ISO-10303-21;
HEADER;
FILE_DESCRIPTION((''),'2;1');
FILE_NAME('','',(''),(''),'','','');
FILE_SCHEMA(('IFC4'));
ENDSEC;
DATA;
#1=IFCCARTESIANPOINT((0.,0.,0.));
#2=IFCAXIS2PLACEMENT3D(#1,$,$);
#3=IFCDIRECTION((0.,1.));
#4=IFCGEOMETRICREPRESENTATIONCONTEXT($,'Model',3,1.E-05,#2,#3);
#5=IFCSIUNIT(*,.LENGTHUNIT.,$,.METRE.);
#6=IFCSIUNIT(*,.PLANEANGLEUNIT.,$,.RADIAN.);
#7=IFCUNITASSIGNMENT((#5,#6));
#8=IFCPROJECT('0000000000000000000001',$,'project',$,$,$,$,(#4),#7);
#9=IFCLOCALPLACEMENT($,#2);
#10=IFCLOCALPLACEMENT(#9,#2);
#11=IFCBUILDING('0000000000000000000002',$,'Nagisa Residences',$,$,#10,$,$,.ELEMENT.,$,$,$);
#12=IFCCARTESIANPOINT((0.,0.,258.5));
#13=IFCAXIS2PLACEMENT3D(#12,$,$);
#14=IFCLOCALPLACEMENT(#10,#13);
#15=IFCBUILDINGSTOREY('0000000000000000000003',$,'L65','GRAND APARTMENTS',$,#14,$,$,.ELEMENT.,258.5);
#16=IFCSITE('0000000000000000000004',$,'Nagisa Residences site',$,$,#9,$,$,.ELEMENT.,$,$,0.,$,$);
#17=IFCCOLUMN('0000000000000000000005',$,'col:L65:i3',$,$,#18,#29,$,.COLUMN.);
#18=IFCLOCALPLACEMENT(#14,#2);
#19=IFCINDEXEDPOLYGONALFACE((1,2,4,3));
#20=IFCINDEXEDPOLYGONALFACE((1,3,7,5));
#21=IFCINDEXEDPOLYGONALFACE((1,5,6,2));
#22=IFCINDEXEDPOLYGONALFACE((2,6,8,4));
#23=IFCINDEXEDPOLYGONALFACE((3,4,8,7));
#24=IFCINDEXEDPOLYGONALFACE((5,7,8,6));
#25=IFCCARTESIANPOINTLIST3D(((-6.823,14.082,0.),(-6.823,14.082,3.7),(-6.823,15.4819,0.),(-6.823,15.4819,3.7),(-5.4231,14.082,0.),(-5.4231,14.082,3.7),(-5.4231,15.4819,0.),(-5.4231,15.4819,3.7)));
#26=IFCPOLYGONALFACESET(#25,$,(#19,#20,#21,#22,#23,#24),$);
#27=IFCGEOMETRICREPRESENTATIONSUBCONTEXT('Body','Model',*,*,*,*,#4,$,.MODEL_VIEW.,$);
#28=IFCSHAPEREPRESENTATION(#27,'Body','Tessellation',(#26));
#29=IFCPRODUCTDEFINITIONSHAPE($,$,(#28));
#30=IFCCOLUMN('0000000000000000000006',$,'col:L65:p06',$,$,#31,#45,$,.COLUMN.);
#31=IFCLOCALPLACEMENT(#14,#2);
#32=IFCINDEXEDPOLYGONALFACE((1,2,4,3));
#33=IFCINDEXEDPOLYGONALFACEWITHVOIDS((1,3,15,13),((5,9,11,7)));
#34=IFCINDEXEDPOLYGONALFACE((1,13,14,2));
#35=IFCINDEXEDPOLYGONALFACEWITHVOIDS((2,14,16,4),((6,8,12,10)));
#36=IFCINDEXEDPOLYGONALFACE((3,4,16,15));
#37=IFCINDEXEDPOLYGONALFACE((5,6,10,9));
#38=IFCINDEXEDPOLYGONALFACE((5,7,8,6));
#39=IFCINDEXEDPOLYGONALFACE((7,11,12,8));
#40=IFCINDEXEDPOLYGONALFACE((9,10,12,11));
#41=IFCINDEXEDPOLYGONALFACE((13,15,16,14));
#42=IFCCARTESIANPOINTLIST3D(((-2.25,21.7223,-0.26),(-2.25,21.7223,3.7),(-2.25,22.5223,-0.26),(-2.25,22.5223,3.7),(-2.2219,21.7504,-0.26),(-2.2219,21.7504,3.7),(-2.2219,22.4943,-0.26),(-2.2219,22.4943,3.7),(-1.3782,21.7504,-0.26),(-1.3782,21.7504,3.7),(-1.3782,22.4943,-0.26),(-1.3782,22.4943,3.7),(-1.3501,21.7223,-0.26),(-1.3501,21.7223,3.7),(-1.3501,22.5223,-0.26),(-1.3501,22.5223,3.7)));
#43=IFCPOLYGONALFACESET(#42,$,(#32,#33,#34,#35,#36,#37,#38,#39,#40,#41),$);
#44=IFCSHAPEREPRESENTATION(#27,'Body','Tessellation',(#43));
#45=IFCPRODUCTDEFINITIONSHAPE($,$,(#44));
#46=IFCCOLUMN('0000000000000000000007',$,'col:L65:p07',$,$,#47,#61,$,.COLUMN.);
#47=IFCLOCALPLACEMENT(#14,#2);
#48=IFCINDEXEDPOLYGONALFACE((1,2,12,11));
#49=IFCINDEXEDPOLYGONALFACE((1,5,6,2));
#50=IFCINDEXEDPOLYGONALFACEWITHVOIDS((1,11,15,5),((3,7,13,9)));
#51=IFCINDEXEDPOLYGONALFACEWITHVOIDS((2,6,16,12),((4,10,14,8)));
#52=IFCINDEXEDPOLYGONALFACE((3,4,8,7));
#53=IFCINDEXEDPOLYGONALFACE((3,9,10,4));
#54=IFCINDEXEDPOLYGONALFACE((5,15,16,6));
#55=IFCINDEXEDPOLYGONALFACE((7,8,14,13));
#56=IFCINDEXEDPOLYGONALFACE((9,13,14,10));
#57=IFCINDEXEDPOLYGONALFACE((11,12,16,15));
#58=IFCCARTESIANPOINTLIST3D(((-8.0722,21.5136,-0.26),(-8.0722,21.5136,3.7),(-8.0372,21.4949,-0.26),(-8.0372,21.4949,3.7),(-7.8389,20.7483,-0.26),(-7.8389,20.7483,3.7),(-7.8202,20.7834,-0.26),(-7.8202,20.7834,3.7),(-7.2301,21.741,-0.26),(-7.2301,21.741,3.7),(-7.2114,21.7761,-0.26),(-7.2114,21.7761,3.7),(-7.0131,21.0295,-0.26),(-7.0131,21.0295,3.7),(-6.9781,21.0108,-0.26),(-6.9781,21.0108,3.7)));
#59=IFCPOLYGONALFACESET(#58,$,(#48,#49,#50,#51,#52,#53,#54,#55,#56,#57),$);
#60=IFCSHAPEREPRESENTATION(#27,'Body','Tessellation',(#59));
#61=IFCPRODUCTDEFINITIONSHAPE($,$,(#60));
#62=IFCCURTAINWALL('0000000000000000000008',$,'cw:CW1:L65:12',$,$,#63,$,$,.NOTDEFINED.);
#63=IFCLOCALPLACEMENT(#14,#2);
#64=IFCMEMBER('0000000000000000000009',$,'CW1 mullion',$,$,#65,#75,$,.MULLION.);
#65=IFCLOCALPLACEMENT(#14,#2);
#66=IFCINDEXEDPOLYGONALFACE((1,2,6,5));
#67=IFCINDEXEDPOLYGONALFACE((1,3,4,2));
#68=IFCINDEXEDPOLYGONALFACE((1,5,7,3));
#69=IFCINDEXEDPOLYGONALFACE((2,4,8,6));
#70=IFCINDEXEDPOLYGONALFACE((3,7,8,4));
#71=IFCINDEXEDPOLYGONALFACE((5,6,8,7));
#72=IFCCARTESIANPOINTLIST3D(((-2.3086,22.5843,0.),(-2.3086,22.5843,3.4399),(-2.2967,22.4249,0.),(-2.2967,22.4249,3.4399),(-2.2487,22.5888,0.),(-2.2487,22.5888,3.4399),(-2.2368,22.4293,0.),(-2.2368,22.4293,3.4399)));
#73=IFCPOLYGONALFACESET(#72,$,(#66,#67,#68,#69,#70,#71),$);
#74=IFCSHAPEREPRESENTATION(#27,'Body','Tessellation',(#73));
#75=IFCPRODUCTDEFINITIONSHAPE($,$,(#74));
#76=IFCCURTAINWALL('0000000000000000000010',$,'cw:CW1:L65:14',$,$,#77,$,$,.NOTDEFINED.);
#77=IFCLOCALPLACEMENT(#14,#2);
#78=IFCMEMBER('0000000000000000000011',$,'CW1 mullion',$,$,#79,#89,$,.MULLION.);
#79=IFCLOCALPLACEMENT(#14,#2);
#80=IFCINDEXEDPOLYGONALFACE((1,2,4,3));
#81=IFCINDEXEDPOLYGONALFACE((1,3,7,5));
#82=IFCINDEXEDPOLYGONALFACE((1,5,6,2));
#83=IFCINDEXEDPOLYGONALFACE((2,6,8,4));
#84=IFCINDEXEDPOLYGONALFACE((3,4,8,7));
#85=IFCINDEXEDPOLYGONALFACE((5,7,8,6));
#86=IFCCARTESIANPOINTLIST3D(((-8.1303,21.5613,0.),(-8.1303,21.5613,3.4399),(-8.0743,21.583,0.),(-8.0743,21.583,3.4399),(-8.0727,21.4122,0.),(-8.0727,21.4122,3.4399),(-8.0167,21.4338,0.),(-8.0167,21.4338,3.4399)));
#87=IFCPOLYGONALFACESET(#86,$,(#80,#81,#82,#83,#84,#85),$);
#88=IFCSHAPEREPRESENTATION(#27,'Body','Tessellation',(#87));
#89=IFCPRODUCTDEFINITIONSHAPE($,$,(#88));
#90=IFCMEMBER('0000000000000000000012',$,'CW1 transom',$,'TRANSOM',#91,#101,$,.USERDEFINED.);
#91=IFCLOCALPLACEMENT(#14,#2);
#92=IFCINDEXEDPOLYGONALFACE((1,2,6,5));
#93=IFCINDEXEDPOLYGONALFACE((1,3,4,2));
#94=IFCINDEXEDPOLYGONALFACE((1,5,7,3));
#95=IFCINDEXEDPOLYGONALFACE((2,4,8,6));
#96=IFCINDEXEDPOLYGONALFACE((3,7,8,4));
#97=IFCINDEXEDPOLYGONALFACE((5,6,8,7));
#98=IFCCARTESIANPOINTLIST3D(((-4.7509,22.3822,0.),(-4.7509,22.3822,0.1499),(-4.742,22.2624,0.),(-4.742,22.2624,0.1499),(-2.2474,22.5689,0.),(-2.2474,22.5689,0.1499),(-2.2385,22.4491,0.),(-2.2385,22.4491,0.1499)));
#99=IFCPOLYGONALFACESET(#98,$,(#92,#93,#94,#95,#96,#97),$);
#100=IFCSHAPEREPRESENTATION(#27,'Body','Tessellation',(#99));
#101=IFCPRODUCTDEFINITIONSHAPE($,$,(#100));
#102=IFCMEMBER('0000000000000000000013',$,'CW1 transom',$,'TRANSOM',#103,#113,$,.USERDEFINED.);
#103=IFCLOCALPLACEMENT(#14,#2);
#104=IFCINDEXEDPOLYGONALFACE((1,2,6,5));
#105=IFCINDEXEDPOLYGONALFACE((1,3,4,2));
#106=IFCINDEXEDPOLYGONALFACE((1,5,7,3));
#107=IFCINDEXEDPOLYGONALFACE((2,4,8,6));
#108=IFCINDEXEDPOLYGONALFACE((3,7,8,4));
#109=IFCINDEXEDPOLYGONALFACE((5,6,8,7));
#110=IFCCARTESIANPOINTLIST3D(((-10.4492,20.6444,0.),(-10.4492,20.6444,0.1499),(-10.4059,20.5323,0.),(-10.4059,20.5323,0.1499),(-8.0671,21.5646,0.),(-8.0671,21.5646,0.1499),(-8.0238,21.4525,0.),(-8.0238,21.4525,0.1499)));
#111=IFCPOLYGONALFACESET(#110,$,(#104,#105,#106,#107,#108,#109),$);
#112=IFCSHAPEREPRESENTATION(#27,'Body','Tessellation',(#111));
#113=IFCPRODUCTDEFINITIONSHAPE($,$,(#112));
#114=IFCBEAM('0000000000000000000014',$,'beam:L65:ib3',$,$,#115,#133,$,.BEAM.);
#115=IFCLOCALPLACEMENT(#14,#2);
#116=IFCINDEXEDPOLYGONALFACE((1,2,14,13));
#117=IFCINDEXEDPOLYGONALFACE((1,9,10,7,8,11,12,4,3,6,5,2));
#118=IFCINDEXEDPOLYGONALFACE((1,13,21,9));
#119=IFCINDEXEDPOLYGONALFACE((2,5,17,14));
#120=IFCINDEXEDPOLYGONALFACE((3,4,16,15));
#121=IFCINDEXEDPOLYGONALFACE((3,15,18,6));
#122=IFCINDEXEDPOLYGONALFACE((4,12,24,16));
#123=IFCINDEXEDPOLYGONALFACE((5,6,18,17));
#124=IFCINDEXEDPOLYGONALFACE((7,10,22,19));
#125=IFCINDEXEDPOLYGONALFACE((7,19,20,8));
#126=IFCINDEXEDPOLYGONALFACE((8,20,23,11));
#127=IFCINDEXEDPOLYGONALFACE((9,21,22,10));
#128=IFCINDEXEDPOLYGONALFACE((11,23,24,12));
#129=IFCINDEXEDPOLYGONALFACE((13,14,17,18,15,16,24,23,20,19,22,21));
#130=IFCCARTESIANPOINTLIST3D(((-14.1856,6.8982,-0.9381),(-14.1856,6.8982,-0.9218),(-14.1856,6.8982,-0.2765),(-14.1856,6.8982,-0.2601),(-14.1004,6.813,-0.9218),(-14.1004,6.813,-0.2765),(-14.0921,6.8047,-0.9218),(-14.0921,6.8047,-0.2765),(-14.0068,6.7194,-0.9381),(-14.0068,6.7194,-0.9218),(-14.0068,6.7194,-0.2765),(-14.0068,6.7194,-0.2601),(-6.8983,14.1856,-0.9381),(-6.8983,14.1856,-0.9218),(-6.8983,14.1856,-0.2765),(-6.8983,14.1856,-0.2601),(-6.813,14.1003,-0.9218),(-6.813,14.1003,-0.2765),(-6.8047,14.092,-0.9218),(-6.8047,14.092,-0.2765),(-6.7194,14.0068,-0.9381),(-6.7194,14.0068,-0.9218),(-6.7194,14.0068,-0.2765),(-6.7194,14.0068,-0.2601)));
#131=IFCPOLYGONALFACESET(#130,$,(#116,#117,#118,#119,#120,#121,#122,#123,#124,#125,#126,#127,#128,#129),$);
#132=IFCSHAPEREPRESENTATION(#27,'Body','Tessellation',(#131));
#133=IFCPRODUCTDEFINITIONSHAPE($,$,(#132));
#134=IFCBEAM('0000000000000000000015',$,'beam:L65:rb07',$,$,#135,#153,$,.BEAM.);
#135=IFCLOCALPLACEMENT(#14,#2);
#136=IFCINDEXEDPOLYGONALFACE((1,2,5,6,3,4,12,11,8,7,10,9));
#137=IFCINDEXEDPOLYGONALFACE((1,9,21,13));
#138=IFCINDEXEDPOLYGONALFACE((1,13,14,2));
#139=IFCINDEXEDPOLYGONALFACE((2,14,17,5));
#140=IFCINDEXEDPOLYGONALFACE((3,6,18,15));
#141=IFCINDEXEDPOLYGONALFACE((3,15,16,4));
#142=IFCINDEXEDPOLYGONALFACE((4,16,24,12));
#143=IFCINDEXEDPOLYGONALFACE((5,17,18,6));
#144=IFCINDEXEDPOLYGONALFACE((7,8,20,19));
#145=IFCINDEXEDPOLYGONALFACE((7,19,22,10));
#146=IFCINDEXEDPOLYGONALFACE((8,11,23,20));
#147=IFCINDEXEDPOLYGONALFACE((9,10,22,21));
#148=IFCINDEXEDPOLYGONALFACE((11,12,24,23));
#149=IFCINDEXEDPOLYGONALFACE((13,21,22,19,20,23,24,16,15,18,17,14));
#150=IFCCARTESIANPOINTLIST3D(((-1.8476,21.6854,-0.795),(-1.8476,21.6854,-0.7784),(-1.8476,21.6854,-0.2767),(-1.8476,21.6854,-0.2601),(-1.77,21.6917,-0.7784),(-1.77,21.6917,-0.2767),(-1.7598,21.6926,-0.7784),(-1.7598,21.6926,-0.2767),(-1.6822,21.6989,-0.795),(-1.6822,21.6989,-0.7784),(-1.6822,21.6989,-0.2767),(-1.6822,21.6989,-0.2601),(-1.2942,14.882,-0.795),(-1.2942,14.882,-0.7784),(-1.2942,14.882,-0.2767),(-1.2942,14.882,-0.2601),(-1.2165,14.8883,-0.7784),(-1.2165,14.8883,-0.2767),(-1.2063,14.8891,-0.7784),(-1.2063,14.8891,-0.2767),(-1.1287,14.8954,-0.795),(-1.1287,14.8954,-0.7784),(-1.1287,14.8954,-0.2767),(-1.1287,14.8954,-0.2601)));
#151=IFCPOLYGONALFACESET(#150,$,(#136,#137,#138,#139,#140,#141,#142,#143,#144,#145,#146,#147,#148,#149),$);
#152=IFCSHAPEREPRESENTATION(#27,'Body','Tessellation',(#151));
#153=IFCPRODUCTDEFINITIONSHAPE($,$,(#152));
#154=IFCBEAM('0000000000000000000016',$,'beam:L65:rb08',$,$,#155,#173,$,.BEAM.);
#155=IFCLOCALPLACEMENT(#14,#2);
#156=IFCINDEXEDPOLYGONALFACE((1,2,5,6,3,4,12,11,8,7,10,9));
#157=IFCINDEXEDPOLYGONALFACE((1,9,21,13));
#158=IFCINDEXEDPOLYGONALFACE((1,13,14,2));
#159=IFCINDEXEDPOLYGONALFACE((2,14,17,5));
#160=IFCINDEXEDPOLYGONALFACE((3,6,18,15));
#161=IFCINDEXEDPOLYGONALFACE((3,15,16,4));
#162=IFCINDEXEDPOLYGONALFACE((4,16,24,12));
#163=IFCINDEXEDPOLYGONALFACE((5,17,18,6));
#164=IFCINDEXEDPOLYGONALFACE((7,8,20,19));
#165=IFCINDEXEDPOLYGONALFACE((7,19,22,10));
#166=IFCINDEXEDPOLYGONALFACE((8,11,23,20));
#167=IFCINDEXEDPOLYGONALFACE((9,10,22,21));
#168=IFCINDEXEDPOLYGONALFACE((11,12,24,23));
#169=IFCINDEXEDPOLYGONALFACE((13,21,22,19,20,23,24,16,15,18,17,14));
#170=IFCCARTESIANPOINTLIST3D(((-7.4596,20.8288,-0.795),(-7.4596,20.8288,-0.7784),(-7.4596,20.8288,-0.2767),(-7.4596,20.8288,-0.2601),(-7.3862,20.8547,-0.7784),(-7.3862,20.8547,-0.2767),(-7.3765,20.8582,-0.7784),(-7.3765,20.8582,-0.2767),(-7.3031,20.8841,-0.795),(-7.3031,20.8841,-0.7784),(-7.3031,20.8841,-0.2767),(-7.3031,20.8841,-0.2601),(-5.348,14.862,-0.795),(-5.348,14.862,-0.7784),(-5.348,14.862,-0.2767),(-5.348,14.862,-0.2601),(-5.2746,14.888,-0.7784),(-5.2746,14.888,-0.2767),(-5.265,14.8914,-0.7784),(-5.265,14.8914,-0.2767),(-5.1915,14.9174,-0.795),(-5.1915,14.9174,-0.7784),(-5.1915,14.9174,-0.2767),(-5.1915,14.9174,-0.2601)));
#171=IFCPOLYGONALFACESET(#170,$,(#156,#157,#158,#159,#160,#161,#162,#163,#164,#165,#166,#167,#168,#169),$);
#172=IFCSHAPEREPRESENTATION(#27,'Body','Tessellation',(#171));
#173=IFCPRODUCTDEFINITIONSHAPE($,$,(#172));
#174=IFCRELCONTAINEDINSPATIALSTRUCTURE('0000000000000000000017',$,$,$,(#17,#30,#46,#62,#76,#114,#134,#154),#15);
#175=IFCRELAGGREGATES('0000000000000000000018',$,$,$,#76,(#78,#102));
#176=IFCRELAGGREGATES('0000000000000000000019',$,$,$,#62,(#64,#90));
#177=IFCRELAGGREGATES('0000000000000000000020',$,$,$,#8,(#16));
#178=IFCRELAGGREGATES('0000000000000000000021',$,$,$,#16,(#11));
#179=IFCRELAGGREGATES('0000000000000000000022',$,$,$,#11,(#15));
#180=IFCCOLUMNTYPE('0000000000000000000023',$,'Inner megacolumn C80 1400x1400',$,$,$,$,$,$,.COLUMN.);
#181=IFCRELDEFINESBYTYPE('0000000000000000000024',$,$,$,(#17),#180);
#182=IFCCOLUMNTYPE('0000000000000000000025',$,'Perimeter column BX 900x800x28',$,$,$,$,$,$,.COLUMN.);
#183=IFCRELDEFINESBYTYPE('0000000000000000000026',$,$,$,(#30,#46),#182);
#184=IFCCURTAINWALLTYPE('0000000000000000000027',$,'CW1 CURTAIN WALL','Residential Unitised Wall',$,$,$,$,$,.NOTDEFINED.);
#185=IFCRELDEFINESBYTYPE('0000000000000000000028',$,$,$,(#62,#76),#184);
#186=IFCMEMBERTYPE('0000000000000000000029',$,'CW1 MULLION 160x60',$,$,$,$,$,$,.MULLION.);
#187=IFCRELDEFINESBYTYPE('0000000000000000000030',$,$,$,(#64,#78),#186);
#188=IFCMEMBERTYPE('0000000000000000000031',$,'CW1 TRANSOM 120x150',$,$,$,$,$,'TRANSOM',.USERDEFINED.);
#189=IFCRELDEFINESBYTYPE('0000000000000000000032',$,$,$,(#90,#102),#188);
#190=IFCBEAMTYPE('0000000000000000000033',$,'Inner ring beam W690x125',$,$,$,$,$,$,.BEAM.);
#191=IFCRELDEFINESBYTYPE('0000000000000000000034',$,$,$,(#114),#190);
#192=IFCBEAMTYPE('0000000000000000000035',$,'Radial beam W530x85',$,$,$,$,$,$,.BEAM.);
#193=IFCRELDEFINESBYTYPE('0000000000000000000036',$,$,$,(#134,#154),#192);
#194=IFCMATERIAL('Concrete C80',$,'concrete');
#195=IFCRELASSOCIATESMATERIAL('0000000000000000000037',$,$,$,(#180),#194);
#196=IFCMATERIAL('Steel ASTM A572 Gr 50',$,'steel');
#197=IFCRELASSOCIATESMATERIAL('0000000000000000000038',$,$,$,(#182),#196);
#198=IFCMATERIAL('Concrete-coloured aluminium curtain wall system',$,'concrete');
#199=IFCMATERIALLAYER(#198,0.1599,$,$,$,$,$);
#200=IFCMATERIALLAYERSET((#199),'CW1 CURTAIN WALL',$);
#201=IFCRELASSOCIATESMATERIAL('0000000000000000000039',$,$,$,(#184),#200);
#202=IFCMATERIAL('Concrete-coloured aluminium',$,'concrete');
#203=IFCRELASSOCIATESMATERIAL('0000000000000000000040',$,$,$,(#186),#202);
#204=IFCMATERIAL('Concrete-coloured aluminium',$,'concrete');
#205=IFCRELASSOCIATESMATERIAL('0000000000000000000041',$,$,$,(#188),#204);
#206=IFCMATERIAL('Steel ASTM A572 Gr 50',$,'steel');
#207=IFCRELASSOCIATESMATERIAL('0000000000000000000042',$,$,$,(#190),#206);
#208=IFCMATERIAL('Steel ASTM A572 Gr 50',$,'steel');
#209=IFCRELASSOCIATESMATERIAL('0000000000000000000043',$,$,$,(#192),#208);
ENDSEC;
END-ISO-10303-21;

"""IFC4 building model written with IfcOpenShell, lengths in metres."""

from ifc_helpers import new_model, si_unit, direction, frame, origin, origin_2d, place, context, subcontext, project, spatial, rectangle, hollow_rectangle, i_section, extrude, material, layer, layer_set, material_profile, profile_set, type_object, element, aggregate, save


model = new_model("IFC4")

# Units and contexts
model_context = context("Model", 3, precision=1e-05, world=origin(), true_north=direction((0.0, 1.0)))
body_context = subcontext(model_context, "Body", "Model", "MODEL_VIEW")
ifc_project = project(units=[si_unit("LENGTHUNIT", "METRE"), si_unit("PLANEANGLEUNIT", "RADIAN")], contexts=[model_context])

# Site, building, storey
site_placement = place(None, origin())
site = spatial("IfcSite", under=ifc_project, at=site_placement, Name="Nagisa Residences site", CompositionType="ELEMENT", RefElevation=0.0)
building_placement = place(site_placement, origin())
building = spatial("IfcBuilding", under=site, at=building_placement, Name="Nagisa Residences", CompositionType="ELEMENT")
storey_placement = place(building_placement, frame((0.0, 0.0, 258.5)))
storey = spatial("IfcBuildingStorey", under=building, at=storey_placement, Name="L65", Description="GRAND APARTMENTS", CompositionType="ELEMENT", Elevation=258.5)

# Columns
ifc_material_1 = material(Name="Concrete C80", Category="concrete")
ifc_material_profile_1 = material_profile(ifc_material_1, rectangle(XDim=1.3999, YDim=1.3999, at=origin_2d()), Name="C80 1400x1400")
ifc_profile_set_1 = profile_set([ifc_material_profile_1], Name="Concrete C80")
column_type_1 = type_object("IfcColumnType", Name="Inner megacolumn C80 1400x1400", PredefinedType="COLUMN", material=ifc_profile_set_1)
column_placement = place(storey_placement, frame((-6.123, 14.782, 0.0), z_axis=(0.0, 0.0, 1.0), x_axis=(1.0, 0.0, 0.0)))
element("IfcColumn", 1, at=column_placement, inside=storey, type_object=column_type_1, Name="col:L65:i3", PredefinedType="COLUMN", context=body_context, shape_type="SweptSolid", body=[
    extrude(rectangle(XDim=1.3999, YDim=1.3999, at=origin_2d()), origin(), (0.0, 0.0, 1.0), 3.7),
])
ifc_material_2 = material(Name="Steel ASTM A572 Gr 50", Category="steel")
ifc_material_profile_2 = material_profile(ifc_material_2, hollow_rectangle(XDim=0.8999, YDim=0.8, WallThickness=0.0281, at=origin_2d()), Name="BX 900x800x28")
ifc_profile_set_2 = profile_set([ifc_material_profile_2], Name="Steel ASTM A572 Gr 50")
column_type_2 = type_object("IfcColumnType", Name="Perimeter column BX 900x800x28", PredefinedType="COLUMN", material=ifc_profile_set_2)
for number, where, z_axis, x_axis, name in (
    (2, (-1.8, 22.1223, -0.26), (0.0, 0.0, 1.0), (-1.0, 0.0, 0.0), "col:L65:p06"),
    (3, (-7.5251, 21.2622, -0.26), (0.0, 0.0, 1.0), (-0.956525, -0.291652, 0.0), "col:L65:p07"),
):
    element("IfcColumn", number, at=place(storey_placement, frame(where, z_axis=z_axis, x_axis=x_axis)), inside=storey, type_object=column_type_2, Name=name, PredefinedType="COLUMN", context=body_context, shape_type="SweptSolid", body=[
        extrude(hollow_rectangle(XDim=0.8999, YDim=0.8, WallThickness=0.0281, at=origin_2d()), origin(), (0.0, 0.0, 1.0), 3.96),
    ])

# Curtain walls, members
ifc_material_3 = material(Name="Concrete-coloured aluminium curtain wall system", Category="concrete")
ifc_layer_1 = layer(ifc_material_3, 0.1599)
ifc_layer_set_1 = layer_set([ifc_layer_1], Name="CW1 CURTAIN WALL")
curtain_wall_type = type_object("IfcCurtainWallType", Name="CW1 CURTAIN WALL", Description="Residential Unitised Wall", PredefinedType="NOTDEFINED", material=ifc_layer_set_1)
curtain_wall_1_placement = place(storey_placement, origin())
curtain_wall_1 = element("IfcCurtainWall", 4, at=curtain_wall_1_placement, inside=storey, type_object=curtain_wall_type, Name="cw:CW1:L65:12", PredefinedType="NOTDEFINED")
ifc_material_4 = material(Name="Concrete-coloured aluminium", Category="concrete")
ifc_material_profile_3 = material_profile(ifc_material_4, rectangle(XDim=0.1599, YDim=0.0601, at=origin_2d()), Name="CW1 MULLION 160x60")
ifc_profile_set_3 = profile_set([ifc_material_profile_3], Name="Concrete-coloured aluminium")
member_type_1 = type_object("IfcMemberType", Name="CW1 MULLION 160x60", PredefinedType="MULLION", material=ifc_profile_set_3)
member_1_placement = place(storey_placement, frame((-2.2727, 22.5068, 0.0), z_axis=(0.0, 0.0, 1.0), x_axis=(0.074377, -0.99723, 0.0)))
member_1 = element("IfcMember", 5, at=member_1_placement, type_object=member_type_1, Name="CW1 mullion", PredefinedType="MULLION", context=body_context, shape_type="SweptSolid", body=[
    extrude(rectangle(XDim=0.1599, YDim=0.0601, at=origin_2d()), origin(), (0.0, 0.0, 1.0), 3.4399),
])
curtain_wall_2_placement = place(storey_placement, origin())
curtain_wall_2 = element("IfcCurtainWall", 6, at=curtain_wall_2_placement, inside=storey, type_object=curtain_wall_type, Name="cw:CW1:L65:14", PredefinedType="NOTDEFINED")
member_2_placement = place(storey_placement, frame((-8.0735, 21.4976, 0.0), z_axis=(0.0, 0.0, 1.0), x_axis=(0.360328, -0.932826, 0.0)))
member_2 = element("IfcMember", 7, at=member_2_placement, type_object=member_type_1, Name="CW1 mullion", PredefinedType="MULLION", context=body_context, shape_type="SweptSolid", body=[
    extrude(rectangle(XDim=0.1599, YDim=0.0601, at=origin_2d()), origin(), (0.0, 0.0, 1.0), 3.4399),
])

# Members
ifc_material_5 = material(Name="Concrete-coloured aluminium", Category="concrete")
ifc_material_profile_4 = material_profile(ifc_material_5, rectangle(XDim=0.1201, YDim=0.1499, at=origin_2d()), Name="CW1 TRANSOM 120x150")
ifc_profile_set_4 = profile_set([ifc_material_profile_4], Name="Concrete-coloured aluminium")
member_type_2 = type_object("IfcMemberType", Name="CW1 TRANSOM 120x150", ElementType="TRANSOM", PredefinedType="USERDEFINED", material=ifc_profile_set_4)
member_3_placement = place(storey_placement, frame((-2.2429, 22.509, 0.075), z_axis=(-0.997229, -0.074391, 0.0), x_axis=(0.074391, -0.997229, 0.0)))
member_3 = element("IfcMember", 8, at=member_3_placement, type_object=member_type_2, Name="CW1 transom", ObjectType="TRANSOM", PredefinedType="USERDEFINED", context=body_context, shape_type="SweptSolid", body=[
    extrude(rectangle(XDim=0.1201, YDim=0.1499, at=origin_2d()), origin(), (0.0, 0.0, 1.0), 2.5105),
])
member_4_placement = place(storey_placement, frame((-8.0454, 21.5085, 0.075), z_axis=(-0.932822, -0.360337, 0.0), x_axis=(0.360337, -0.932822, 0.0)))
member_4 = element("IfcMember", 9, at=member_4_placement, type_object=member_type_2, Name="CW1 transom", ObjectType="TRANSOM", PredefinedType="USERDEFINED", context=body_context, shape_type="SweptSolid", body=[
    extrude(rectangle(XDim=0.1201, YDim=0.1499, at=origin_2d()), origin(), (0.0, 0.0, 1.0), 2.5537),
])
aggregate(curtain_wall_2, [member_2, member_4])

# Beams
ifc_material_6 = material(Name="Steel ASTM A572 Gr 50", Category="steel")
ifc_material_profile_5 = material_profile(ifc_material_6, i_section(OverallWidth=0.2529, OverallDepth=0.678, WebThickness=0.0117, FlangeThickness=0.0164, at=origin_2d()), Name="W690x125")
ifc_profile_set_5 = profile_set([ifc_material_profile_5], Name="Steel ASTM A572 Gr 50")
beam_type_1 = type_object("IfcBeamType", Name="Inner ring beam W690x125", PredefinedType="BEAM", material=ifc_profile_set_5)
beam_1_placement = place(storey_placement, frame((-6.8088, 14.0962, -0.5991), z_axis=(-0.707107, -0.707107, 0.0), x_axis=(0.707107, -0.707107, 0.0)))
element("IfcBeam", 10, at=beam_1_placement, inside=storey, type_object=beam_type_1, Name="beam:L65:ib3", PredefinedType="BEAM", context=body_context, shape_type="SweptSolid", body=[
    extrude(i_section(OverallWidth=0.2529, OverallDepth=0.678, WebThickness=0.0117, FlangeThickness=0.0164, at=origin_2d()), origin(), (0.0, 0.0, 1.0), 10.3059),
])
ifc_material_7 = material(Name="Steel ASTM A572 Gr 50", Category="steel")
ifc_material_profile_6 = material_profile(ifc_material_7, i_section(OverallWidth=0.166, OverallDepth=0.5349, WebThickness=0.0103, FlangeThickness=0.0166, at=origin_2d()), Name="W530x85")
ifc_profile_set_6 = profile_set([ifc_material_profile_6], Name="Steel ASTM A572 Gr 50")
beam_type_2 = type_object("IfcBeamType", Name="Radial beam W530x85", PredefinedType="BEAM", material=ifc_profile_set_6)
beam_2_placement = place(storey_placement, frame((-1.7649, 21.6921, -0.5276), z_axis=(0.081083, -0.996707, 0.0), x_axis=(0.996707, 0.081083, 0.0)))
element("IfcBeam", 11, at=beam_2_placement, inside=storey, type_object=beam_type_2, Name="beam:L65:rb07", PredefinedType="BEAM", context=body_context, shape_type="SweptSolid", body=[
    extrude(i_section(OverallWidth=0.166, OverallDepth=0.5349, WebThickness=0.0103, FlangeThickness=0.0166, at=origin_2d()), origin(), (0.0, 0.0, 1.0), 6.8259),
])
beam_3_placement = place(storey_placement, frame((-7.3813, 20.8564, -0.5276), z_axis=(0.333613, -0.94271, 0.0), x_axis=(0.94271, 0.333613, 0.0)))
element("IfcBeam", 12, at=beam_3_placement, inside=storey, type_object=beam_type_2, Name="beam:L65:rb08", PredefinedType="BEAM", context=body_context, shape_type="SweptSolid", body=[
    extrude(i_section(OverallWidth=0.166, OverallDepth=0.5349, WebThickness=0.0103, FlangeThickness=0.0166, at=origin_2d()), origin(), (0.0, 0.0, 1.0), 6.3293),
])

aggregate(curtain_wall_1, [member_1, member_3])

save(model, "model.ifc")
